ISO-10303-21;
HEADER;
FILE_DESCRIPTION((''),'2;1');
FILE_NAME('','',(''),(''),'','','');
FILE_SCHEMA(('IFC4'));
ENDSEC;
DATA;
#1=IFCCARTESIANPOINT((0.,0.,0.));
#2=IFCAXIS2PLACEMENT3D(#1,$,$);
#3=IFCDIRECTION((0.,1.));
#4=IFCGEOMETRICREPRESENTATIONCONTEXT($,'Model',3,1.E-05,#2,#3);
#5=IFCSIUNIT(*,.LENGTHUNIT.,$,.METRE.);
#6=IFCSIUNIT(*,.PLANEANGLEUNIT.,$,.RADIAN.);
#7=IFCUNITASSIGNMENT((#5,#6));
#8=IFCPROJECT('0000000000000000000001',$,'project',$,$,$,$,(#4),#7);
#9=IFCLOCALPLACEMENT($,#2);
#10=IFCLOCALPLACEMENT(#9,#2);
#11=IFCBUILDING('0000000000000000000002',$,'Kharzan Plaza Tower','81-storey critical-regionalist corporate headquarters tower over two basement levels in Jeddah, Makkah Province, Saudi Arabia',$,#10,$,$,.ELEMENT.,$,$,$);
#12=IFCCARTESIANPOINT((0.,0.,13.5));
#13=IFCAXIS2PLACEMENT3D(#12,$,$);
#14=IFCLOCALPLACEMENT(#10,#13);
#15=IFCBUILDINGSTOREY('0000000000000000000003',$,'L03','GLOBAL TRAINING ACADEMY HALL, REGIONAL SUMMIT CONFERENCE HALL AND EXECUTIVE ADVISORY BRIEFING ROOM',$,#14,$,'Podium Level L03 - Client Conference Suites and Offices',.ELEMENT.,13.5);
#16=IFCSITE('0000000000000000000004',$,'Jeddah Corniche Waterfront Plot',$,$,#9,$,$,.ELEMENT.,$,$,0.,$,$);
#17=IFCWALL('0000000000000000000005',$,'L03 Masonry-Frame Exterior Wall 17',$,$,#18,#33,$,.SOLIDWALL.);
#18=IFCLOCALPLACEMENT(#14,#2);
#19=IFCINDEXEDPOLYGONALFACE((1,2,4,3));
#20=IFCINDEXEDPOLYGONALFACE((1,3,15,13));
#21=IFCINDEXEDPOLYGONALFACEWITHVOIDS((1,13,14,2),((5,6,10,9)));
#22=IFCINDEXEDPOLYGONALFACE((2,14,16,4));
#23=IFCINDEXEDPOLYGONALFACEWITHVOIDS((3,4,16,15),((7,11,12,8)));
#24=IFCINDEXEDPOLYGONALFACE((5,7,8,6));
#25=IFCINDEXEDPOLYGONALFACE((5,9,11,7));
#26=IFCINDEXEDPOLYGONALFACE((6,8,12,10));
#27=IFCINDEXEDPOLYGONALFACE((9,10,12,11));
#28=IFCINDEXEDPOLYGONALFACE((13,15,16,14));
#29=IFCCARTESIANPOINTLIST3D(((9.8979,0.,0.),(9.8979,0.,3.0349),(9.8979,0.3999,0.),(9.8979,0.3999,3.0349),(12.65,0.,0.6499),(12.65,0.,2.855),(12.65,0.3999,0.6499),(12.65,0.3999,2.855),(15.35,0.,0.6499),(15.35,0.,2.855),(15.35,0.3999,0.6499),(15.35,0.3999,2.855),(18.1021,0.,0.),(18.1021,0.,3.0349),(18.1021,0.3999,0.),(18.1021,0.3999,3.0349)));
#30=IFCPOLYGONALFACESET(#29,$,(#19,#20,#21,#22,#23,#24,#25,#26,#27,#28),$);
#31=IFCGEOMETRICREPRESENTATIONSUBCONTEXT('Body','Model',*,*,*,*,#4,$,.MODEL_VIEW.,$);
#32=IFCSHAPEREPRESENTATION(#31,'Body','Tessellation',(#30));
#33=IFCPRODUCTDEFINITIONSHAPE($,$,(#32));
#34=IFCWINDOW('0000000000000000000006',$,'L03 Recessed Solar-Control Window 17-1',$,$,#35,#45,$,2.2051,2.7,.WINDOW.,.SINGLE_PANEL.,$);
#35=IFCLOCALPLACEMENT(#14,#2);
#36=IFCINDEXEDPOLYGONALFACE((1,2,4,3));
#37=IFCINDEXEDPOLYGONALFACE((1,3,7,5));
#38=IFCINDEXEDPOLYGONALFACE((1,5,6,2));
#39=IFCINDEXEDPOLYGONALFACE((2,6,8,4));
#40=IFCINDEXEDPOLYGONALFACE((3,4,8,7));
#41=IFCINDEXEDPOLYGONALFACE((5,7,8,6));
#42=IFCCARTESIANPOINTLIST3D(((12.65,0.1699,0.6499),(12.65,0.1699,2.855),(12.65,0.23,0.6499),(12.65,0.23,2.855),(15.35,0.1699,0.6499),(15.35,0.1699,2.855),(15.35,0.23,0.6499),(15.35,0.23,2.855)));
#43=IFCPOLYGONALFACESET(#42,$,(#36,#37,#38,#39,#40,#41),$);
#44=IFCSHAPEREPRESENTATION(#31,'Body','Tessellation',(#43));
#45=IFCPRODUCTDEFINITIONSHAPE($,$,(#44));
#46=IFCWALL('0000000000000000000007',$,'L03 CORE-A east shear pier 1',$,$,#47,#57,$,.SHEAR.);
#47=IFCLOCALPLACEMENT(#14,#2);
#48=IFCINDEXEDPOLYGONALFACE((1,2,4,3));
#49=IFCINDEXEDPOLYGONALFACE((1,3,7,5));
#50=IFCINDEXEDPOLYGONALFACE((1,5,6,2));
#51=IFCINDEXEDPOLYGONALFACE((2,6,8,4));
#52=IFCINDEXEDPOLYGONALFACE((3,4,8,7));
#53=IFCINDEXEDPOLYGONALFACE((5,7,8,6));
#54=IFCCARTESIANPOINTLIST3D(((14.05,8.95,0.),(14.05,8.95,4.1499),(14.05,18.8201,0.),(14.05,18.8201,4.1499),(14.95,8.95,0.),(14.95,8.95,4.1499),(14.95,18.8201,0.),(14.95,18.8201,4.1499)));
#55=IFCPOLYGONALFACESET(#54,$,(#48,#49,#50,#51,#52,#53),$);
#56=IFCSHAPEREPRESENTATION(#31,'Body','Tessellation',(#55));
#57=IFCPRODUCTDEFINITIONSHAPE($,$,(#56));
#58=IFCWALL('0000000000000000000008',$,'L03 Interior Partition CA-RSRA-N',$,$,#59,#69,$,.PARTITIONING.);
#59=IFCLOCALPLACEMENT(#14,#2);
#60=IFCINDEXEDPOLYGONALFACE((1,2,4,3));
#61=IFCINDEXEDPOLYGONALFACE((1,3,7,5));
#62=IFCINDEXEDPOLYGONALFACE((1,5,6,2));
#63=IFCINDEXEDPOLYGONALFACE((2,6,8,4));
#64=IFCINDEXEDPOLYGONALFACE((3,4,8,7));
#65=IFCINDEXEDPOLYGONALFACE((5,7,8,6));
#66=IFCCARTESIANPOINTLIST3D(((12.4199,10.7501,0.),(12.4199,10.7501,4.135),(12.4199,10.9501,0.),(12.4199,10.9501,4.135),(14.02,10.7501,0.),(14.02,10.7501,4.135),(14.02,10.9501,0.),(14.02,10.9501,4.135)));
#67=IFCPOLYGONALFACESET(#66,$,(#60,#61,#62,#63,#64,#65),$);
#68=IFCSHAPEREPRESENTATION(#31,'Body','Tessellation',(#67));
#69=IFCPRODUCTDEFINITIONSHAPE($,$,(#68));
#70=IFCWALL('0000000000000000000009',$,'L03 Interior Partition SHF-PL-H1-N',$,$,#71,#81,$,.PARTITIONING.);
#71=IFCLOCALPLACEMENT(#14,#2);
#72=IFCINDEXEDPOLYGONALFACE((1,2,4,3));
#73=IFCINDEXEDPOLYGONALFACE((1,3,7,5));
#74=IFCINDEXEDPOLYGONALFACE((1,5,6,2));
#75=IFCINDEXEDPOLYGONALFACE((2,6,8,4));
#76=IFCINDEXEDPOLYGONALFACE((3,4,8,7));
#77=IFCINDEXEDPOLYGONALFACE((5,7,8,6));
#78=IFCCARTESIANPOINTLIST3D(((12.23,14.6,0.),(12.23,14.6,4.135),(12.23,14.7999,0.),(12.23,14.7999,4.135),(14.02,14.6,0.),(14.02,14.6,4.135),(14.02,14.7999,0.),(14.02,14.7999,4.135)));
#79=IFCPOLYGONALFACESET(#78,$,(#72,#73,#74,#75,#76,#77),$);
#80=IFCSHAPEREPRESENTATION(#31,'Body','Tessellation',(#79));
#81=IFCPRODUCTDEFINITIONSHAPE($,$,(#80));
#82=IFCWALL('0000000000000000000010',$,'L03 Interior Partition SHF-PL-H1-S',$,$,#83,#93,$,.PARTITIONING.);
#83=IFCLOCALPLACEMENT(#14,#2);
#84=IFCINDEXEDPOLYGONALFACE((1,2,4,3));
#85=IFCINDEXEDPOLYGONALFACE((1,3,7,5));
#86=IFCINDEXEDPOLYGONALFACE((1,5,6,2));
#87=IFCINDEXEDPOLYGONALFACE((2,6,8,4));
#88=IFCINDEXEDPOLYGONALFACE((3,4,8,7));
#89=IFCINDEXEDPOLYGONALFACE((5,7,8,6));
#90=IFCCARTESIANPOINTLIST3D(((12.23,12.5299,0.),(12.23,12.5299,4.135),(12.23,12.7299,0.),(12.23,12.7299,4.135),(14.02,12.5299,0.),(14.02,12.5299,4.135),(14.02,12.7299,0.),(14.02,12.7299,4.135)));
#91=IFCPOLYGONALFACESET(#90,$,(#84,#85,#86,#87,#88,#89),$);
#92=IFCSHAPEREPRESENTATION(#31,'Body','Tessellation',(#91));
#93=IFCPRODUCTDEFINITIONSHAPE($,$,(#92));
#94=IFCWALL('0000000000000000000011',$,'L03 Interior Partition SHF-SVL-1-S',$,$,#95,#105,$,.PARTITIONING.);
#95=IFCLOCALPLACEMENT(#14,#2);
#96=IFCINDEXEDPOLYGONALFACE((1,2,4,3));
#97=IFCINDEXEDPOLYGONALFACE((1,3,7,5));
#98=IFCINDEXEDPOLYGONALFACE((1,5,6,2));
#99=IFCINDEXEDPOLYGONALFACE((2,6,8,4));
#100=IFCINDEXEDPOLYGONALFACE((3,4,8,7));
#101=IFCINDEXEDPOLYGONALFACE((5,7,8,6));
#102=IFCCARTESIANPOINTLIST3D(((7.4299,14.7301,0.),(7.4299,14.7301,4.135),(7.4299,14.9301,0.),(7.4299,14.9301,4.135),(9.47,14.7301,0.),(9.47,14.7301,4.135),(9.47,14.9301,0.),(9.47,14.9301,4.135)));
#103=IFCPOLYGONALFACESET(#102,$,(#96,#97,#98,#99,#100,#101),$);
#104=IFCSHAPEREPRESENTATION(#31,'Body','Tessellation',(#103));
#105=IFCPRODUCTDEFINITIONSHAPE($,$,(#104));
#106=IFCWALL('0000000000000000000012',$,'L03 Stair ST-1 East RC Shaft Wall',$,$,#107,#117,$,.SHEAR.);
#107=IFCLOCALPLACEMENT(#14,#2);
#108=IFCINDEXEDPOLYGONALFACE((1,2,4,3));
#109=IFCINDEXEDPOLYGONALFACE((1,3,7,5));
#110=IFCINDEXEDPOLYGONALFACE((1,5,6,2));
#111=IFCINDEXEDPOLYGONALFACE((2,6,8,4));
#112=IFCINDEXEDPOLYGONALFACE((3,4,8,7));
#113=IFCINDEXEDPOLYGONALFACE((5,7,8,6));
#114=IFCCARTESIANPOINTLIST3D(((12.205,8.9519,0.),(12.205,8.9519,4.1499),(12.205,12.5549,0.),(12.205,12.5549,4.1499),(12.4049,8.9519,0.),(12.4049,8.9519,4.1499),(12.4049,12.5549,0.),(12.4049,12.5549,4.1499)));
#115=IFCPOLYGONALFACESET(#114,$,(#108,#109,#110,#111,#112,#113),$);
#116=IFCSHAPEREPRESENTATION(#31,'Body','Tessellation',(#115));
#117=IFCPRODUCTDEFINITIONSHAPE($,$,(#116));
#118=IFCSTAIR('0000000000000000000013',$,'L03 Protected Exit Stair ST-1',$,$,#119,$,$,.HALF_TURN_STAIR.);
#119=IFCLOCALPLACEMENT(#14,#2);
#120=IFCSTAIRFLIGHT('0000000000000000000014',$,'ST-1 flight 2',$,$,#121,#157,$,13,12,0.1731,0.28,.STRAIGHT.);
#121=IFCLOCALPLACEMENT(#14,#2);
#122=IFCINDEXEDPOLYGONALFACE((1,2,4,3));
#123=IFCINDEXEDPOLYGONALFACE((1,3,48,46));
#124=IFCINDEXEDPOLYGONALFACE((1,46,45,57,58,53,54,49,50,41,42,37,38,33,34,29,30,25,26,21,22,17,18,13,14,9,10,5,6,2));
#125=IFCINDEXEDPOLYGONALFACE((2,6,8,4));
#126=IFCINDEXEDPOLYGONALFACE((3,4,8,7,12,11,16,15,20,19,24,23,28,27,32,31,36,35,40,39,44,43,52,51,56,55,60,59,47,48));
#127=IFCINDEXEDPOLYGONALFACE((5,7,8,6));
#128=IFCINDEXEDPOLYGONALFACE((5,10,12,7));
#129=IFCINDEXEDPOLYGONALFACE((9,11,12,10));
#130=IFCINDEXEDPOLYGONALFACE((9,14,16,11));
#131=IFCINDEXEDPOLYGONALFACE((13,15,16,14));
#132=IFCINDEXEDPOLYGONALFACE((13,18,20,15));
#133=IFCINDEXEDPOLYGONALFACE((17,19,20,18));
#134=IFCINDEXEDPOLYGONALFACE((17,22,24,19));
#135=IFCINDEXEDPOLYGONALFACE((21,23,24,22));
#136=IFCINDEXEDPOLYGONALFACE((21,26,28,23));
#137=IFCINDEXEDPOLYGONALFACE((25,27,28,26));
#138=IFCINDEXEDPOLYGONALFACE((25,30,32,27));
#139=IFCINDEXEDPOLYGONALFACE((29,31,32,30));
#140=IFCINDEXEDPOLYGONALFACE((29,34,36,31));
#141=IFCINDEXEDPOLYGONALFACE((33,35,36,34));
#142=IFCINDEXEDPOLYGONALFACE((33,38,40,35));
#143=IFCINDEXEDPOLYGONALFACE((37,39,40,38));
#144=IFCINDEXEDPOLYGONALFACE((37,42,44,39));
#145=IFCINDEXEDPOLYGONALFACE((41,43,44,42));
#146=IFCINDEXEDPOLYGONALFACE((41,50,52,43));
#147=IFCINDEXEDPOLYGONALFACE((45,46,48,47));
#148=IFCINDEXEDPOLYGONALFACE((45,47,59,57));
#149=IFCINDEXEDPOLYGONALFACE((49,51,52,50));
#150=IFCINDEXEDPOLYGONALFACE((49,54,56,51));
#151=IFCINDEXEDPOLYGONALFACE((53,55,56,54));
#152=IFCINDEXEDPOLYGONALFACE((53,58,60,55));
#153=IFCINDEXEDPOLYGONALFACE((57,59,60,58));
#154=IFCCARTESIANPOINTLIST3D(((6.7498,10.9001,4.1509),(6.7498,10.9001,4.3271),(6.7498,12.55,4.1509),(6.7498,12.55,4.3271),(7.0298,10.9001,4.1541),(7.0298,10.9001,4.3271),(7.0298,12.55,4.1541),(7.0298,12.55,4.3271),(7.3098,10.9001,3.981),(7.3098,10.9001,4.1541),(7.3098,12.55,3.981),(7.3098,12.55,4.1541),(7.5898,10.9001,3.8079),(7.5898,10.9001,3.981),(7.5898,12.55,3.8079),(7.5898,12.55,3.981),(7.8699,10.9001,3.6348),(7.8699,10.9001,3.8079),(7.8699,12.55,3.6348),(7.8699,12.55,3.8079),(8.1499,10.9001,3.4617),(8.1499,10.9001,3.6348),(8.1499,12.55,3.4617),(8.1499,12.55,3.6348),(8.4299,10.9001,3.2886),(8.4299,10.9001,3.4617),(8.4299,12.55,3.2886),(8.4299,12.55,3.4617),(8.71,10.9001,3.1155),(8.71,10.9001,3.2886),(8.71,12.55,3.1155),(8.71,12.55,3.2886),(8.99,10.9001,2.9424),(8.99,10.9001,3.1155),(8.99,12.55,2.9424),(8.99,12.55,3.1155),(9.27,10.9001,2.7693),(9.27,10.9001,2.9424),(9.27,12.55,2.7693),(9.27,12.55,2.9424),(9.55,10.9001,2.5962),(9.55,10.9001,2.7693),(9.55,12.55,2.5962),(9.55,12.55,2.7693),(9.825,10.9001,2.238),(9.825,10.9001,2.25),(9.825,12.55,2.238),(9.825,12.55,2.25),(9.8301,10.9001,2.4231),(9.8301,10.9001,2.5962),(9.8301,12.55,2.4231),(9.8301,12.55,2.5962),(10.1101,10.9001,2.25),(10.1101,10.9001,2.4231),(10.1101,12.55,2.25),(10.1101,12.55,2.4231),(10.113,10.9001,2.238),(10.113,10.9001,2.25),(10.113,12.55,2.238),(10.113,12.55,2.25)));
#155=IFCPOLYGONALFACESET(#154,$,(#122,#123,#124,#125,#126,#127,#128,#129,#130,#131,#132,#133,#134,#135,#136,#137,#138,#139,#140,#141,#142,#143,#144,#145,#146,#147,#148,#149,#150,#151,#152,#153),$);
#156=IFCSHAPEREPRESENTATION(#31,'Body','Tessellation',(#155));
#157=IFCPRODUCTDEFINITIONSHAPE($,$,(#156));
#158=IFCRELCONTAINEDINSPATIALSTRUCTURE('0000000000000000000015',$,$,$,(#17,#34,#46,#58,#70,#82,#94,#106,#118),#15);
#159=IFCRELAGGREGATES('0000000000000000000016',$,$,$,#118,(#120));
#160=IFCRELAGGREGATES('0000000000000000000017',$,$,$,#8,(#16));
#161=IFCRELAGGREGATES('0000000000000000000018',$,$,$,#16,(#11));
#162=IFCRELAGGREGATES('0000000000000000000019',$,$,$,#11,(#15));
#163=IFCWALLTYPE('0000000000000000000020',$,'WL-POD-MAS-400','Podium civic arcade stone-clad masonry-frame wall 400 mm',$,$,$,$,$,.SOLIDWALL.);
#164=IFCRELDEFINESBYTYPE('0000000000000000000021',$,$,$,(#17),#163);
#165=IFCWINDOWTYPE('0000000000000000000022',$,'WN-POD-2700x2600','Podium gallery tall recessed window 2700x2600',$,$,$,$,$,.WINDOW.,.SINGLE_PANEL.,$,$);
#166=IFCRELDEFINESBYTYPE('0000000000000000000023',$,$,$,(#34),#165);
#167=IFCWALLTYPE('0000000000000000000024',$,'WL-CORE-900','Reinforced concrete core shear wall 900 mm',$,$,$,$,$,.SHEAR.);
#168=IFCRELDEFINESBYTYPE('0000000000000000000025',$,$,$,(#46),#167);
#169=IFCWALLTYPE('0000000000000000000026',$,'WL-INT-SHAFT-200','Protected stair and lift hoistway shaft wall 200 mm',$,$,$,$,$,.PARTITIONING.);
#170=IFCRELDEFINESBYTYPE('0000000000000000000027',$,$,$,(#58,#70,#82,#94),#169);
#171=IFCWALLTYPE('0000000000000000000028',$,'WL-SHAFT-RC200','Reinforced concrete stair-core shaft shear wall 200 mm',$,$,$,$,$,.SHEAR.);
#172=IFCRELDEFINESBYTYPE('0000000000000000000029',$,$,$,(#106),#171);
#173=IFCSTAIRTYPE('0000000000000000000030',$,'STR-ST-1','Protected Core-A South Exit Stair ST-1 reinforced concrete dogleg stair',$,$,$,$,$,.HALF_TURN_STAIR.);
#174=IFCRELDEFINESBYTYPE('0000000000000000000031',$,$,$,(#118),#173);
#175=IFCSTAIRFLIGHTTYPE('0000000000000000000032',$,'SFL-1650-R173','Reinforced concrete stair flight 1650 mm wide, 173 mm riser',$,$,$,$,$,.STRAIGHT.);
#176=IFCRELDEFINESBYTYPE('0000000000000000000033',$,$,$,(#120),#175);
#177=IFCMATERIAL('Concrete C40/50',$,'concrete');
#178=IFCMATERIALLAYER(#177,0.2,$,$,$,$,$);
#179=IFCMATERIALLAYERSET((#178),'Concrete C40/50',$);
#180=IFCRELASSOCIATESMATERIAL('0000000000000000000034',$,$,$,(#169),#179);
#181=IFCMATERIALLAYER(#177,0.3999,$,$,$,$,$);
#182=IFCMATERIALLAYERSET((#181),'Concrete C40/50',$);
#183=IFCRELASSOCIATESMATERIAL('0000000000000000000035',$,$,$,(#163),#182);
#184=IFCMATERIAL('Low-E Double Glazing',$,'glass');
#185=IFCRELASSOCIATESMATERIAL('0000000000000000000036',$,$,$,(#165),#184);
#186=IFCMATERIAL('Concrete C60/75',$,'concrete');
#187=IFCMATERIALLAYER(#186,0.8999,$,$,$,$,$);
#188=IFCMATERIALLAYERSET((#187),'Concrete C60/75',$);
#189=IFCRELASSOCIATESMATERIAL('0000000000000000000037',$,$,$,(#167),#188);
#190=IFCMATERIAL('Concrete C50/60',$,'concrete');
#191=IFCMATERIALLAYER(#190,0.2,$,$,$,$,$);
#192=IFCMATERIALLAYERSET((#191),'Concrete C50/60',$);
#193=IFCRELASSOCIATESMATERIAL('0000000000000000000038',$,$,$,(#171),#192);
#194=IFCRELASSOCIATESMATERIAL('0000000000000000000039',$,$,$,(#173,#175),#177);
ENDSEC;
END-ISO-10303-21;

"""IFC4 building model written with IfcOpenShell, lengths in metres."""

from ifc_helpers import new_model, si_unit, direction, frame, frame_2d, origin, place, context, subcontext, project, spatial, polyline, rectangle, outline, extrude, source, transform, mapped, material, layer, layer_set, type_object, element, fill, aggregate, save


model = new_model("IFC4")

# Units and contexts
model_context = context("Model", 3, precision=1e-05, world=origin(), true_north=direction((0.0, 1.0)))
body_context = subcontext(model_context, "Body", "Model", "MODEL_VIEW")
ifc_project = project(units=[si_unit("LENGTHUNIT", "METRE"), si_unit("PLANEANGLEUNIT", "RADIAN")], contexts=[model_context])

# Site, building, storey
site_placement = place(None, origin())
site = spatial("IfcSite", under=ifc_project, at=site_placement, Name="Jeddah Corniche Waterfront Plot", CompositionType="ELEMENT", RefElevation=0.0)
building_placement = place(site_placement, origin())
building = spatial("IfcBuilding", under=site, at=building_placement, Name="Kharzan Plaza Tower", Description="81-storey critical-regionalist corporate headquarters tower over two basement levels in Jeddah, Makkah Province, Saudi Arabia", CompositionType="ELEMENT")
storey_placement = place(building_placement, frame((0.0, 0.0, 13.5)))
storey = spatial("IfcBuildingStorey", under=building, at=storey_placement, Name="L03", Description="GLOBAL TRAINING ACADEMY HALL, REGIONAL SUMMIT CONFERENCE HALL AND EXECUTIVE ADVISORY BRIEFING ROOM", LongName="Podium Level L03 - Client Conference Suites and Offices", CompositionType="ELEMENT", Elevation=13.5)

# Shared definitions
ifc_material_1 = material(Name="Concrete C60/75", Category="concrete")

# Shared definitions
ifc_material_2 = material(Name="Concrete C40/50", Category="concrete")
ifc_layer_1 = layer(ifc_material_2, 0.2)
ifc_layer_set_1 = layer_set([ifc_layer_1], Name="Concrete C40/50")
wall_type_1 = type_object("IfcWallType", Name="WL-INT-SHAFT-200", Description="Protected stair and lift hoistway shaft wall 200 mm", PredefinedType="PARTITIONING", material=ifc_layer_set_1)

# Wall, opening, window
ifc_layer_2 = layer(ifc_material_2, 0.3999)
ifc_layer_set_2 = layer_set([ifc_layer_2], Name="Concrete C40/50")
wall_type_2 = type_object("IfcWallType", Name="WL-POD-MAS-400", Description="Podium civic arcade stone-clad masonry-frame wall 400 mm", PredefinedType="SOLIDWALL", material=ifc_layer_set_2)
wall_1_placement = place(storey_placement, frame((9.8979, 0.2, 0.0), z_axis=(0.0, 0.0, 1.0), x_axis=(1.0, 0.0, 0.0)))
wall_1 = element("IfcWall", 1, at=wall_1_placement, inside=storey, type_object=wall_type_2, Name="L03 Masonry-Frame Exterior Wall 17", PredefinedType="SOLIDWALL", context=body_context, shape_type="SweptSolid", body=[
    extrude(rectangle(XDim=8.2041, YDim=0.3999, at=frame_2d((4.1021, 0.0))), origin(), (0.0, 0.0, 1.0), 3.0349),
])
opening_1_placement = place(wall_1_placement, frame((2.752, 0.0, 0.6499)))
opening_1 = element("IfcOpeningElement", 2, at=opening_1_placement, cuts=wall_1, PredefinedType="OPENING", context=body_context, shape_type="SweptSolid", body=[
    extrude(rectangle(XDim=2.7, YDim=2.2051, at=frame_2d((1.3501, 1.1025))), frame((0.0, 0.21, 0.0), z_axis=(0.0, -1.0, 0.0), x_axis=(1.0, 0.0, 0.0)), (0.0, 0.0, 1.0), 0.4199),
])
ifc_material_3 = material(Name="Low-E Double Glazing", Category="glass")
window_type = type_object("IfcWindowType", Name="WN-POD-2700x2600", Description="Podium gallery tall recessed window 2700x2600", PartitioningType="SINGLE_PANEL", PredefinedType="WINDOW", material=ifc_material_3)
shared_shape_1 = source(origin(), body_context, "Body", "SweptSolid", [
    extrude(rectangle(XDim=2.7, YDim=2.2051, at=frame_2d((1.3501, 1.1025))), frame((0.0, 0.03, 0.0), z_axis=(0.0, -1.0, 0.0), x_axis=(1.0, 0.0, 0.0)), (0.0, 0.0, 1.0), 0.0601),
])
window_placement = place(opening_1_placement, origin())
window = element("IfcWindow", 3, at=window_placement, inside=storey, type_object=window_type, Name="L03 Recessed Solar-Control Window 17-1", OverallHeight=2.2051, OverallWidth=2.7, PartitioningType="SINGLE_PANEL", PredefinedType="WINDOW", context=body_context, shape_type="MappedRepresentation", body=[
    mapped(shared_shape_1, transform((0.0, 0.0, 0.0), x_axis=(1.0, 0.0, 0.0), y_axis=(0.0, 1.0, 0.0), z_axis=(0.0, 0.0, 1.0))),
])
fill(opening_1, window)

# Walls
ifc_layer_3 = layer(ifc_material_1, 0.8999)
ifc_layer_set_3 = layer_set([ifc_layer_3], Name="Concrete C60/75")
wall_type_3 = type_object("IfcWallType", Name="WL-CORE-900", Description="Reinforced concrete core shear wall 900 mm", PredefinedType="SHEAR", material=ifc_layer_set_3)
shared_shape_2 = source(origin(), body_context, "Body", "SweptSolid", [
    extrude(rectangle(XDim=9.8701, YDim=0.8999, at=frame_2d((4.9351, 0.0))), origin(), (0.0, 0.0, 1.0), 4.1499),
])
wall_2_placement = place(storey_placement, frame((14.5, 8.95, 0.0), z_axis=(0.0, 0.0, 1.0), x_axis=(0.0, 1.0, 0.0)))
element("IfcWall", 4, at=wall_2_placement, inside=storey, type_object=wall_type_3, Name="L03 CORE-A east shear pier 1", PredefinedType="SHEAR", context=body_context, shape_type="MappedRepresentation", body=[
    mapped(shared_shape_2, transform((0.0, 0.0, 0.0), x_axis=(1.0, 0.0, 0.0), y_axis=(0.0, 1.0, 0.0), z_axis=(0.0, 0.0, 1.0))),
])
shared_shape_3 = source(origin(), body_context, "Body", "SweptSolid", [
    extrude(rectangle(XDim=1.6001, YDim=0.2, at=frame_2d((0.8, 0.0))), origin(), (0.0, 0.0, 1.0), 4.135),
])
wall_3_placement = place(storey_placement, frame((12.4199, 10.8501, 0.0), z_axis=(0.0, 0.0, 1.0), x_axis=(1.0, 0.0, 0.0)))
element("IfcWall", 5, at=wall_3_placement, inside=storey, type_object=wall_type_1, Name="L03 Interior Partition CA-RSRA-N", PredefinedType="PARTITIONING", context=body_context, shape_type="MappedRepresentation", body=[
    mapped(shared_shape_3, transform((0.0, 0.0, 0.0), x_axis=(1.0, 0.0, 0.0), y_axis=(0.0, 1.0, 0.0), z_axis=(0.0, 0.0, 1.0))),
])
shared_shape_4 = source(origin(), body_context, "Body", "SweptSolid", [
    extrude(rectangle(XDim=1.79, YDim=0.2, at=frame_2d((0.895, 0.0))), origin(), (0.0, 0.0, 1.0), 4.135),
])
for number, where, z_axis, x_axis, name in (
    (6, (12.23, 14.7, 0.0), (0.0, 0.0, 1.0), (1.0, 0.0, 0.0), "L03 Interior Partition SHF-PL-H1-N"),
    (7, (12.23, 12.6299, 0.0), (0.0, 0.0, 1.0), (1.0, 0.0, 0.0), "L03 Interior Partition SHF-PL-H1-S"),
):
    element("IfcWall", number, at=place(storey_placement, frame(where, z_axis=z_axis, x_axis=x_axis)), inside=storey, type_object=wall_type_1, Name=name, PredefinedType="PARTITIONING", context=body_context, shape_type="MappedRepresentation", body=[
        mapped(shared_shape_4, transform((0.0, 0.0, 0.0), x_axis=(1.0, 0.0, 0.0), y_axis=(0.0, 1.0, 0.0), z_axis=(0.0, 0.0, 1.0))),
    ])
shared_shape_5 = source(origin(), body_context, "Body", "SweptSolid", [
    extrude(rectangle(XDim=2.04, YDim=0.2, at=frame_2d((1.02, 0.0))), origin(), (0.0, 0.0, 1.0), 4.135),
])
wall_4_placement = place(storey_placement, frame((7.4299, 14.8301, 0.0), z_axis=(0.0, 0.0, 1.0), x_axis=(1.0, 0.0, 0.0)))
element("IfcWall", 8, at=wall_4_placement, inside=storey, type_object=wall_type_1, Name="L03 Interior Partition SHF-SVL-1-S", PredefinedType="PARTITIONING", context=body_context, shape_type="MappedRepresentation", body=[
    mapped(shared_shape_5, transform((0.0, 0.0, 0.0), x_axis=(1.0, 0.0, 0.0), y_axis=(0.0, 1.0, 0.0), z_axis=(0.0, 0.0, 1.0))),
])
ifc_material_4 = material(Name="Concrete C50/60", Category="concrete")
ifc_layer_4 = layer(ifc_material_4, 0.2)
ifc_layer_set_4 = layer_set([ifc_layer_4], Name="Concrete C50/60")
wall_type_4 = type_object("IfcWallType", Name="WL-SHAFT-RC200", Description="Reinforced concrete stair-core shaft shear wall 200 mm", PredefinedType="SHEAR", material=ifc_layer_set_4)
shared_shape_6 = source(origin(), body_context, "Body", "SweptSolid", [
    extrude(rectangle(XDim=3.603, YDim=0.2, at=frame_2d((1.8015, 0.0))), origin(), (0.0, 0.0, 1.0), 4.1499),
])
wall_5_placement = place(storey_placement, frame((12.3049, 8.9519, 0.0), z_axis=(0.0, 0.0, 1.0), x_axis=(0.0, 1.0, 0.0)))
element("IfcWall", 9, at=wall_5_placement, inside=storey, type_object=wall_type_4, Name="L03 Stair ST-1 East RC Shaft Wall", PredefinedType="SHEAR", context=body_context, shape_type="MappedRepresentation", body=[
    mapped(shared_shape_6, transform((0.0, 0.0, 0.0), x_axis=(1.0, 0.0, 0.0), y_axis=(0.0, 1.0, 0.0), z_axis=(0.0, 0.0, 1.0))),
])

# Stair, stair flight
stair_type = type_object("IfcStairType", Name="STR-ST-1", Description="Protected Core-A South Exit Stair ST-1 reinforced concrete dogleg stair", PredefinedType="HALF_TURN_STAIR", material=ifc_material_2)
stair_placement = place(storey_placement, origin())
stair = element("IfcStair", 10, at=stair_placement, inside=storey, type_object=stair_type, Name="L03 Protected Exit Stair ST-1", PredefinedType="HALF_TURN_STAIR")
stair_flight_type = type_object("IfcStairFlightType", Name="SFL-1650-R173", Description="Reinforced concrete stair flight 1650 mm wide, 173 mm riser", PredefinedType="STRAIGHT", material=ifc_material_2)
shared_shape_7 = source(origin(), body_context, "Body", "SweptSolid", [
    extrude(outline(polyline([(-0.0029, -0.012), (-0.0029, 0.0), (0.0, 0.0), (0.0, 0.1731), (0.28, 0.1731), (0.28, 0.3462), (0.5601, 0.3462), (0.5601, 0.5193), (0.8401, 0.5193), (0.8401, 0.6924), (1.1201, 0.6924), (1.1201, 0.8655), (1.4001, 0.8655), (1.4001, 1.0386), (1.6802, 1.0386), (1.6802, 1.2117), (1.9602, 1.2117), (1.9602, 1.3848), (2.2402, 1.3848), (2.2402, 1.5579), (2.5203, 1.5579), (2.5203, 1.731), (2.8003, 1.731), (2.8003, 1.9041), (3.0803, 1.9041), (3.0803, 2.0771), (3.3604, 2.0771), (3.3604, 2.2502), (3.3604, 1.9009), (0.2852, 0.0), (0.2852, -0.012), (-0.0029, -0.012)])), frame((0.0, 0.825, 0.0), z_axis=(0.0, -1.0, 0.0), x_axis=(1.0, 0.0, 0.0)), (0.0, 0.0, 1.0), 1.6499),
])
stair_flight_placement = place(storey_placement, frame((10.1101, 11.7251, 2.25), z_axis=(0.0, 0.0, 1.0), x_axis=(-1.0, 0.0, 0.0)))
stair_flight = element("IfcStairFlight", 11, at=stair_flight_placement, type_object=stair_flight_type, Name="ST-1 flight 2", NumberOfRisers=13, NumberOfTreads=12, PredefinedType="STRAIGHT", RiserHeight=0.1731, TreadLength=0.28, context=body_context, shape_type="MappedRepresentation", body=[
    mapped(shared_shape_7, transform((0.0, 0.0, 0.0), x_axis=(1.0, 0.0, 0.0), y_axis=(0.0, 1.0, 0.0), z_axis=(0.0, 0.0, 1.0))),
])
aggregate(stair, [stair_flight])

save(model, "model.ifc")
